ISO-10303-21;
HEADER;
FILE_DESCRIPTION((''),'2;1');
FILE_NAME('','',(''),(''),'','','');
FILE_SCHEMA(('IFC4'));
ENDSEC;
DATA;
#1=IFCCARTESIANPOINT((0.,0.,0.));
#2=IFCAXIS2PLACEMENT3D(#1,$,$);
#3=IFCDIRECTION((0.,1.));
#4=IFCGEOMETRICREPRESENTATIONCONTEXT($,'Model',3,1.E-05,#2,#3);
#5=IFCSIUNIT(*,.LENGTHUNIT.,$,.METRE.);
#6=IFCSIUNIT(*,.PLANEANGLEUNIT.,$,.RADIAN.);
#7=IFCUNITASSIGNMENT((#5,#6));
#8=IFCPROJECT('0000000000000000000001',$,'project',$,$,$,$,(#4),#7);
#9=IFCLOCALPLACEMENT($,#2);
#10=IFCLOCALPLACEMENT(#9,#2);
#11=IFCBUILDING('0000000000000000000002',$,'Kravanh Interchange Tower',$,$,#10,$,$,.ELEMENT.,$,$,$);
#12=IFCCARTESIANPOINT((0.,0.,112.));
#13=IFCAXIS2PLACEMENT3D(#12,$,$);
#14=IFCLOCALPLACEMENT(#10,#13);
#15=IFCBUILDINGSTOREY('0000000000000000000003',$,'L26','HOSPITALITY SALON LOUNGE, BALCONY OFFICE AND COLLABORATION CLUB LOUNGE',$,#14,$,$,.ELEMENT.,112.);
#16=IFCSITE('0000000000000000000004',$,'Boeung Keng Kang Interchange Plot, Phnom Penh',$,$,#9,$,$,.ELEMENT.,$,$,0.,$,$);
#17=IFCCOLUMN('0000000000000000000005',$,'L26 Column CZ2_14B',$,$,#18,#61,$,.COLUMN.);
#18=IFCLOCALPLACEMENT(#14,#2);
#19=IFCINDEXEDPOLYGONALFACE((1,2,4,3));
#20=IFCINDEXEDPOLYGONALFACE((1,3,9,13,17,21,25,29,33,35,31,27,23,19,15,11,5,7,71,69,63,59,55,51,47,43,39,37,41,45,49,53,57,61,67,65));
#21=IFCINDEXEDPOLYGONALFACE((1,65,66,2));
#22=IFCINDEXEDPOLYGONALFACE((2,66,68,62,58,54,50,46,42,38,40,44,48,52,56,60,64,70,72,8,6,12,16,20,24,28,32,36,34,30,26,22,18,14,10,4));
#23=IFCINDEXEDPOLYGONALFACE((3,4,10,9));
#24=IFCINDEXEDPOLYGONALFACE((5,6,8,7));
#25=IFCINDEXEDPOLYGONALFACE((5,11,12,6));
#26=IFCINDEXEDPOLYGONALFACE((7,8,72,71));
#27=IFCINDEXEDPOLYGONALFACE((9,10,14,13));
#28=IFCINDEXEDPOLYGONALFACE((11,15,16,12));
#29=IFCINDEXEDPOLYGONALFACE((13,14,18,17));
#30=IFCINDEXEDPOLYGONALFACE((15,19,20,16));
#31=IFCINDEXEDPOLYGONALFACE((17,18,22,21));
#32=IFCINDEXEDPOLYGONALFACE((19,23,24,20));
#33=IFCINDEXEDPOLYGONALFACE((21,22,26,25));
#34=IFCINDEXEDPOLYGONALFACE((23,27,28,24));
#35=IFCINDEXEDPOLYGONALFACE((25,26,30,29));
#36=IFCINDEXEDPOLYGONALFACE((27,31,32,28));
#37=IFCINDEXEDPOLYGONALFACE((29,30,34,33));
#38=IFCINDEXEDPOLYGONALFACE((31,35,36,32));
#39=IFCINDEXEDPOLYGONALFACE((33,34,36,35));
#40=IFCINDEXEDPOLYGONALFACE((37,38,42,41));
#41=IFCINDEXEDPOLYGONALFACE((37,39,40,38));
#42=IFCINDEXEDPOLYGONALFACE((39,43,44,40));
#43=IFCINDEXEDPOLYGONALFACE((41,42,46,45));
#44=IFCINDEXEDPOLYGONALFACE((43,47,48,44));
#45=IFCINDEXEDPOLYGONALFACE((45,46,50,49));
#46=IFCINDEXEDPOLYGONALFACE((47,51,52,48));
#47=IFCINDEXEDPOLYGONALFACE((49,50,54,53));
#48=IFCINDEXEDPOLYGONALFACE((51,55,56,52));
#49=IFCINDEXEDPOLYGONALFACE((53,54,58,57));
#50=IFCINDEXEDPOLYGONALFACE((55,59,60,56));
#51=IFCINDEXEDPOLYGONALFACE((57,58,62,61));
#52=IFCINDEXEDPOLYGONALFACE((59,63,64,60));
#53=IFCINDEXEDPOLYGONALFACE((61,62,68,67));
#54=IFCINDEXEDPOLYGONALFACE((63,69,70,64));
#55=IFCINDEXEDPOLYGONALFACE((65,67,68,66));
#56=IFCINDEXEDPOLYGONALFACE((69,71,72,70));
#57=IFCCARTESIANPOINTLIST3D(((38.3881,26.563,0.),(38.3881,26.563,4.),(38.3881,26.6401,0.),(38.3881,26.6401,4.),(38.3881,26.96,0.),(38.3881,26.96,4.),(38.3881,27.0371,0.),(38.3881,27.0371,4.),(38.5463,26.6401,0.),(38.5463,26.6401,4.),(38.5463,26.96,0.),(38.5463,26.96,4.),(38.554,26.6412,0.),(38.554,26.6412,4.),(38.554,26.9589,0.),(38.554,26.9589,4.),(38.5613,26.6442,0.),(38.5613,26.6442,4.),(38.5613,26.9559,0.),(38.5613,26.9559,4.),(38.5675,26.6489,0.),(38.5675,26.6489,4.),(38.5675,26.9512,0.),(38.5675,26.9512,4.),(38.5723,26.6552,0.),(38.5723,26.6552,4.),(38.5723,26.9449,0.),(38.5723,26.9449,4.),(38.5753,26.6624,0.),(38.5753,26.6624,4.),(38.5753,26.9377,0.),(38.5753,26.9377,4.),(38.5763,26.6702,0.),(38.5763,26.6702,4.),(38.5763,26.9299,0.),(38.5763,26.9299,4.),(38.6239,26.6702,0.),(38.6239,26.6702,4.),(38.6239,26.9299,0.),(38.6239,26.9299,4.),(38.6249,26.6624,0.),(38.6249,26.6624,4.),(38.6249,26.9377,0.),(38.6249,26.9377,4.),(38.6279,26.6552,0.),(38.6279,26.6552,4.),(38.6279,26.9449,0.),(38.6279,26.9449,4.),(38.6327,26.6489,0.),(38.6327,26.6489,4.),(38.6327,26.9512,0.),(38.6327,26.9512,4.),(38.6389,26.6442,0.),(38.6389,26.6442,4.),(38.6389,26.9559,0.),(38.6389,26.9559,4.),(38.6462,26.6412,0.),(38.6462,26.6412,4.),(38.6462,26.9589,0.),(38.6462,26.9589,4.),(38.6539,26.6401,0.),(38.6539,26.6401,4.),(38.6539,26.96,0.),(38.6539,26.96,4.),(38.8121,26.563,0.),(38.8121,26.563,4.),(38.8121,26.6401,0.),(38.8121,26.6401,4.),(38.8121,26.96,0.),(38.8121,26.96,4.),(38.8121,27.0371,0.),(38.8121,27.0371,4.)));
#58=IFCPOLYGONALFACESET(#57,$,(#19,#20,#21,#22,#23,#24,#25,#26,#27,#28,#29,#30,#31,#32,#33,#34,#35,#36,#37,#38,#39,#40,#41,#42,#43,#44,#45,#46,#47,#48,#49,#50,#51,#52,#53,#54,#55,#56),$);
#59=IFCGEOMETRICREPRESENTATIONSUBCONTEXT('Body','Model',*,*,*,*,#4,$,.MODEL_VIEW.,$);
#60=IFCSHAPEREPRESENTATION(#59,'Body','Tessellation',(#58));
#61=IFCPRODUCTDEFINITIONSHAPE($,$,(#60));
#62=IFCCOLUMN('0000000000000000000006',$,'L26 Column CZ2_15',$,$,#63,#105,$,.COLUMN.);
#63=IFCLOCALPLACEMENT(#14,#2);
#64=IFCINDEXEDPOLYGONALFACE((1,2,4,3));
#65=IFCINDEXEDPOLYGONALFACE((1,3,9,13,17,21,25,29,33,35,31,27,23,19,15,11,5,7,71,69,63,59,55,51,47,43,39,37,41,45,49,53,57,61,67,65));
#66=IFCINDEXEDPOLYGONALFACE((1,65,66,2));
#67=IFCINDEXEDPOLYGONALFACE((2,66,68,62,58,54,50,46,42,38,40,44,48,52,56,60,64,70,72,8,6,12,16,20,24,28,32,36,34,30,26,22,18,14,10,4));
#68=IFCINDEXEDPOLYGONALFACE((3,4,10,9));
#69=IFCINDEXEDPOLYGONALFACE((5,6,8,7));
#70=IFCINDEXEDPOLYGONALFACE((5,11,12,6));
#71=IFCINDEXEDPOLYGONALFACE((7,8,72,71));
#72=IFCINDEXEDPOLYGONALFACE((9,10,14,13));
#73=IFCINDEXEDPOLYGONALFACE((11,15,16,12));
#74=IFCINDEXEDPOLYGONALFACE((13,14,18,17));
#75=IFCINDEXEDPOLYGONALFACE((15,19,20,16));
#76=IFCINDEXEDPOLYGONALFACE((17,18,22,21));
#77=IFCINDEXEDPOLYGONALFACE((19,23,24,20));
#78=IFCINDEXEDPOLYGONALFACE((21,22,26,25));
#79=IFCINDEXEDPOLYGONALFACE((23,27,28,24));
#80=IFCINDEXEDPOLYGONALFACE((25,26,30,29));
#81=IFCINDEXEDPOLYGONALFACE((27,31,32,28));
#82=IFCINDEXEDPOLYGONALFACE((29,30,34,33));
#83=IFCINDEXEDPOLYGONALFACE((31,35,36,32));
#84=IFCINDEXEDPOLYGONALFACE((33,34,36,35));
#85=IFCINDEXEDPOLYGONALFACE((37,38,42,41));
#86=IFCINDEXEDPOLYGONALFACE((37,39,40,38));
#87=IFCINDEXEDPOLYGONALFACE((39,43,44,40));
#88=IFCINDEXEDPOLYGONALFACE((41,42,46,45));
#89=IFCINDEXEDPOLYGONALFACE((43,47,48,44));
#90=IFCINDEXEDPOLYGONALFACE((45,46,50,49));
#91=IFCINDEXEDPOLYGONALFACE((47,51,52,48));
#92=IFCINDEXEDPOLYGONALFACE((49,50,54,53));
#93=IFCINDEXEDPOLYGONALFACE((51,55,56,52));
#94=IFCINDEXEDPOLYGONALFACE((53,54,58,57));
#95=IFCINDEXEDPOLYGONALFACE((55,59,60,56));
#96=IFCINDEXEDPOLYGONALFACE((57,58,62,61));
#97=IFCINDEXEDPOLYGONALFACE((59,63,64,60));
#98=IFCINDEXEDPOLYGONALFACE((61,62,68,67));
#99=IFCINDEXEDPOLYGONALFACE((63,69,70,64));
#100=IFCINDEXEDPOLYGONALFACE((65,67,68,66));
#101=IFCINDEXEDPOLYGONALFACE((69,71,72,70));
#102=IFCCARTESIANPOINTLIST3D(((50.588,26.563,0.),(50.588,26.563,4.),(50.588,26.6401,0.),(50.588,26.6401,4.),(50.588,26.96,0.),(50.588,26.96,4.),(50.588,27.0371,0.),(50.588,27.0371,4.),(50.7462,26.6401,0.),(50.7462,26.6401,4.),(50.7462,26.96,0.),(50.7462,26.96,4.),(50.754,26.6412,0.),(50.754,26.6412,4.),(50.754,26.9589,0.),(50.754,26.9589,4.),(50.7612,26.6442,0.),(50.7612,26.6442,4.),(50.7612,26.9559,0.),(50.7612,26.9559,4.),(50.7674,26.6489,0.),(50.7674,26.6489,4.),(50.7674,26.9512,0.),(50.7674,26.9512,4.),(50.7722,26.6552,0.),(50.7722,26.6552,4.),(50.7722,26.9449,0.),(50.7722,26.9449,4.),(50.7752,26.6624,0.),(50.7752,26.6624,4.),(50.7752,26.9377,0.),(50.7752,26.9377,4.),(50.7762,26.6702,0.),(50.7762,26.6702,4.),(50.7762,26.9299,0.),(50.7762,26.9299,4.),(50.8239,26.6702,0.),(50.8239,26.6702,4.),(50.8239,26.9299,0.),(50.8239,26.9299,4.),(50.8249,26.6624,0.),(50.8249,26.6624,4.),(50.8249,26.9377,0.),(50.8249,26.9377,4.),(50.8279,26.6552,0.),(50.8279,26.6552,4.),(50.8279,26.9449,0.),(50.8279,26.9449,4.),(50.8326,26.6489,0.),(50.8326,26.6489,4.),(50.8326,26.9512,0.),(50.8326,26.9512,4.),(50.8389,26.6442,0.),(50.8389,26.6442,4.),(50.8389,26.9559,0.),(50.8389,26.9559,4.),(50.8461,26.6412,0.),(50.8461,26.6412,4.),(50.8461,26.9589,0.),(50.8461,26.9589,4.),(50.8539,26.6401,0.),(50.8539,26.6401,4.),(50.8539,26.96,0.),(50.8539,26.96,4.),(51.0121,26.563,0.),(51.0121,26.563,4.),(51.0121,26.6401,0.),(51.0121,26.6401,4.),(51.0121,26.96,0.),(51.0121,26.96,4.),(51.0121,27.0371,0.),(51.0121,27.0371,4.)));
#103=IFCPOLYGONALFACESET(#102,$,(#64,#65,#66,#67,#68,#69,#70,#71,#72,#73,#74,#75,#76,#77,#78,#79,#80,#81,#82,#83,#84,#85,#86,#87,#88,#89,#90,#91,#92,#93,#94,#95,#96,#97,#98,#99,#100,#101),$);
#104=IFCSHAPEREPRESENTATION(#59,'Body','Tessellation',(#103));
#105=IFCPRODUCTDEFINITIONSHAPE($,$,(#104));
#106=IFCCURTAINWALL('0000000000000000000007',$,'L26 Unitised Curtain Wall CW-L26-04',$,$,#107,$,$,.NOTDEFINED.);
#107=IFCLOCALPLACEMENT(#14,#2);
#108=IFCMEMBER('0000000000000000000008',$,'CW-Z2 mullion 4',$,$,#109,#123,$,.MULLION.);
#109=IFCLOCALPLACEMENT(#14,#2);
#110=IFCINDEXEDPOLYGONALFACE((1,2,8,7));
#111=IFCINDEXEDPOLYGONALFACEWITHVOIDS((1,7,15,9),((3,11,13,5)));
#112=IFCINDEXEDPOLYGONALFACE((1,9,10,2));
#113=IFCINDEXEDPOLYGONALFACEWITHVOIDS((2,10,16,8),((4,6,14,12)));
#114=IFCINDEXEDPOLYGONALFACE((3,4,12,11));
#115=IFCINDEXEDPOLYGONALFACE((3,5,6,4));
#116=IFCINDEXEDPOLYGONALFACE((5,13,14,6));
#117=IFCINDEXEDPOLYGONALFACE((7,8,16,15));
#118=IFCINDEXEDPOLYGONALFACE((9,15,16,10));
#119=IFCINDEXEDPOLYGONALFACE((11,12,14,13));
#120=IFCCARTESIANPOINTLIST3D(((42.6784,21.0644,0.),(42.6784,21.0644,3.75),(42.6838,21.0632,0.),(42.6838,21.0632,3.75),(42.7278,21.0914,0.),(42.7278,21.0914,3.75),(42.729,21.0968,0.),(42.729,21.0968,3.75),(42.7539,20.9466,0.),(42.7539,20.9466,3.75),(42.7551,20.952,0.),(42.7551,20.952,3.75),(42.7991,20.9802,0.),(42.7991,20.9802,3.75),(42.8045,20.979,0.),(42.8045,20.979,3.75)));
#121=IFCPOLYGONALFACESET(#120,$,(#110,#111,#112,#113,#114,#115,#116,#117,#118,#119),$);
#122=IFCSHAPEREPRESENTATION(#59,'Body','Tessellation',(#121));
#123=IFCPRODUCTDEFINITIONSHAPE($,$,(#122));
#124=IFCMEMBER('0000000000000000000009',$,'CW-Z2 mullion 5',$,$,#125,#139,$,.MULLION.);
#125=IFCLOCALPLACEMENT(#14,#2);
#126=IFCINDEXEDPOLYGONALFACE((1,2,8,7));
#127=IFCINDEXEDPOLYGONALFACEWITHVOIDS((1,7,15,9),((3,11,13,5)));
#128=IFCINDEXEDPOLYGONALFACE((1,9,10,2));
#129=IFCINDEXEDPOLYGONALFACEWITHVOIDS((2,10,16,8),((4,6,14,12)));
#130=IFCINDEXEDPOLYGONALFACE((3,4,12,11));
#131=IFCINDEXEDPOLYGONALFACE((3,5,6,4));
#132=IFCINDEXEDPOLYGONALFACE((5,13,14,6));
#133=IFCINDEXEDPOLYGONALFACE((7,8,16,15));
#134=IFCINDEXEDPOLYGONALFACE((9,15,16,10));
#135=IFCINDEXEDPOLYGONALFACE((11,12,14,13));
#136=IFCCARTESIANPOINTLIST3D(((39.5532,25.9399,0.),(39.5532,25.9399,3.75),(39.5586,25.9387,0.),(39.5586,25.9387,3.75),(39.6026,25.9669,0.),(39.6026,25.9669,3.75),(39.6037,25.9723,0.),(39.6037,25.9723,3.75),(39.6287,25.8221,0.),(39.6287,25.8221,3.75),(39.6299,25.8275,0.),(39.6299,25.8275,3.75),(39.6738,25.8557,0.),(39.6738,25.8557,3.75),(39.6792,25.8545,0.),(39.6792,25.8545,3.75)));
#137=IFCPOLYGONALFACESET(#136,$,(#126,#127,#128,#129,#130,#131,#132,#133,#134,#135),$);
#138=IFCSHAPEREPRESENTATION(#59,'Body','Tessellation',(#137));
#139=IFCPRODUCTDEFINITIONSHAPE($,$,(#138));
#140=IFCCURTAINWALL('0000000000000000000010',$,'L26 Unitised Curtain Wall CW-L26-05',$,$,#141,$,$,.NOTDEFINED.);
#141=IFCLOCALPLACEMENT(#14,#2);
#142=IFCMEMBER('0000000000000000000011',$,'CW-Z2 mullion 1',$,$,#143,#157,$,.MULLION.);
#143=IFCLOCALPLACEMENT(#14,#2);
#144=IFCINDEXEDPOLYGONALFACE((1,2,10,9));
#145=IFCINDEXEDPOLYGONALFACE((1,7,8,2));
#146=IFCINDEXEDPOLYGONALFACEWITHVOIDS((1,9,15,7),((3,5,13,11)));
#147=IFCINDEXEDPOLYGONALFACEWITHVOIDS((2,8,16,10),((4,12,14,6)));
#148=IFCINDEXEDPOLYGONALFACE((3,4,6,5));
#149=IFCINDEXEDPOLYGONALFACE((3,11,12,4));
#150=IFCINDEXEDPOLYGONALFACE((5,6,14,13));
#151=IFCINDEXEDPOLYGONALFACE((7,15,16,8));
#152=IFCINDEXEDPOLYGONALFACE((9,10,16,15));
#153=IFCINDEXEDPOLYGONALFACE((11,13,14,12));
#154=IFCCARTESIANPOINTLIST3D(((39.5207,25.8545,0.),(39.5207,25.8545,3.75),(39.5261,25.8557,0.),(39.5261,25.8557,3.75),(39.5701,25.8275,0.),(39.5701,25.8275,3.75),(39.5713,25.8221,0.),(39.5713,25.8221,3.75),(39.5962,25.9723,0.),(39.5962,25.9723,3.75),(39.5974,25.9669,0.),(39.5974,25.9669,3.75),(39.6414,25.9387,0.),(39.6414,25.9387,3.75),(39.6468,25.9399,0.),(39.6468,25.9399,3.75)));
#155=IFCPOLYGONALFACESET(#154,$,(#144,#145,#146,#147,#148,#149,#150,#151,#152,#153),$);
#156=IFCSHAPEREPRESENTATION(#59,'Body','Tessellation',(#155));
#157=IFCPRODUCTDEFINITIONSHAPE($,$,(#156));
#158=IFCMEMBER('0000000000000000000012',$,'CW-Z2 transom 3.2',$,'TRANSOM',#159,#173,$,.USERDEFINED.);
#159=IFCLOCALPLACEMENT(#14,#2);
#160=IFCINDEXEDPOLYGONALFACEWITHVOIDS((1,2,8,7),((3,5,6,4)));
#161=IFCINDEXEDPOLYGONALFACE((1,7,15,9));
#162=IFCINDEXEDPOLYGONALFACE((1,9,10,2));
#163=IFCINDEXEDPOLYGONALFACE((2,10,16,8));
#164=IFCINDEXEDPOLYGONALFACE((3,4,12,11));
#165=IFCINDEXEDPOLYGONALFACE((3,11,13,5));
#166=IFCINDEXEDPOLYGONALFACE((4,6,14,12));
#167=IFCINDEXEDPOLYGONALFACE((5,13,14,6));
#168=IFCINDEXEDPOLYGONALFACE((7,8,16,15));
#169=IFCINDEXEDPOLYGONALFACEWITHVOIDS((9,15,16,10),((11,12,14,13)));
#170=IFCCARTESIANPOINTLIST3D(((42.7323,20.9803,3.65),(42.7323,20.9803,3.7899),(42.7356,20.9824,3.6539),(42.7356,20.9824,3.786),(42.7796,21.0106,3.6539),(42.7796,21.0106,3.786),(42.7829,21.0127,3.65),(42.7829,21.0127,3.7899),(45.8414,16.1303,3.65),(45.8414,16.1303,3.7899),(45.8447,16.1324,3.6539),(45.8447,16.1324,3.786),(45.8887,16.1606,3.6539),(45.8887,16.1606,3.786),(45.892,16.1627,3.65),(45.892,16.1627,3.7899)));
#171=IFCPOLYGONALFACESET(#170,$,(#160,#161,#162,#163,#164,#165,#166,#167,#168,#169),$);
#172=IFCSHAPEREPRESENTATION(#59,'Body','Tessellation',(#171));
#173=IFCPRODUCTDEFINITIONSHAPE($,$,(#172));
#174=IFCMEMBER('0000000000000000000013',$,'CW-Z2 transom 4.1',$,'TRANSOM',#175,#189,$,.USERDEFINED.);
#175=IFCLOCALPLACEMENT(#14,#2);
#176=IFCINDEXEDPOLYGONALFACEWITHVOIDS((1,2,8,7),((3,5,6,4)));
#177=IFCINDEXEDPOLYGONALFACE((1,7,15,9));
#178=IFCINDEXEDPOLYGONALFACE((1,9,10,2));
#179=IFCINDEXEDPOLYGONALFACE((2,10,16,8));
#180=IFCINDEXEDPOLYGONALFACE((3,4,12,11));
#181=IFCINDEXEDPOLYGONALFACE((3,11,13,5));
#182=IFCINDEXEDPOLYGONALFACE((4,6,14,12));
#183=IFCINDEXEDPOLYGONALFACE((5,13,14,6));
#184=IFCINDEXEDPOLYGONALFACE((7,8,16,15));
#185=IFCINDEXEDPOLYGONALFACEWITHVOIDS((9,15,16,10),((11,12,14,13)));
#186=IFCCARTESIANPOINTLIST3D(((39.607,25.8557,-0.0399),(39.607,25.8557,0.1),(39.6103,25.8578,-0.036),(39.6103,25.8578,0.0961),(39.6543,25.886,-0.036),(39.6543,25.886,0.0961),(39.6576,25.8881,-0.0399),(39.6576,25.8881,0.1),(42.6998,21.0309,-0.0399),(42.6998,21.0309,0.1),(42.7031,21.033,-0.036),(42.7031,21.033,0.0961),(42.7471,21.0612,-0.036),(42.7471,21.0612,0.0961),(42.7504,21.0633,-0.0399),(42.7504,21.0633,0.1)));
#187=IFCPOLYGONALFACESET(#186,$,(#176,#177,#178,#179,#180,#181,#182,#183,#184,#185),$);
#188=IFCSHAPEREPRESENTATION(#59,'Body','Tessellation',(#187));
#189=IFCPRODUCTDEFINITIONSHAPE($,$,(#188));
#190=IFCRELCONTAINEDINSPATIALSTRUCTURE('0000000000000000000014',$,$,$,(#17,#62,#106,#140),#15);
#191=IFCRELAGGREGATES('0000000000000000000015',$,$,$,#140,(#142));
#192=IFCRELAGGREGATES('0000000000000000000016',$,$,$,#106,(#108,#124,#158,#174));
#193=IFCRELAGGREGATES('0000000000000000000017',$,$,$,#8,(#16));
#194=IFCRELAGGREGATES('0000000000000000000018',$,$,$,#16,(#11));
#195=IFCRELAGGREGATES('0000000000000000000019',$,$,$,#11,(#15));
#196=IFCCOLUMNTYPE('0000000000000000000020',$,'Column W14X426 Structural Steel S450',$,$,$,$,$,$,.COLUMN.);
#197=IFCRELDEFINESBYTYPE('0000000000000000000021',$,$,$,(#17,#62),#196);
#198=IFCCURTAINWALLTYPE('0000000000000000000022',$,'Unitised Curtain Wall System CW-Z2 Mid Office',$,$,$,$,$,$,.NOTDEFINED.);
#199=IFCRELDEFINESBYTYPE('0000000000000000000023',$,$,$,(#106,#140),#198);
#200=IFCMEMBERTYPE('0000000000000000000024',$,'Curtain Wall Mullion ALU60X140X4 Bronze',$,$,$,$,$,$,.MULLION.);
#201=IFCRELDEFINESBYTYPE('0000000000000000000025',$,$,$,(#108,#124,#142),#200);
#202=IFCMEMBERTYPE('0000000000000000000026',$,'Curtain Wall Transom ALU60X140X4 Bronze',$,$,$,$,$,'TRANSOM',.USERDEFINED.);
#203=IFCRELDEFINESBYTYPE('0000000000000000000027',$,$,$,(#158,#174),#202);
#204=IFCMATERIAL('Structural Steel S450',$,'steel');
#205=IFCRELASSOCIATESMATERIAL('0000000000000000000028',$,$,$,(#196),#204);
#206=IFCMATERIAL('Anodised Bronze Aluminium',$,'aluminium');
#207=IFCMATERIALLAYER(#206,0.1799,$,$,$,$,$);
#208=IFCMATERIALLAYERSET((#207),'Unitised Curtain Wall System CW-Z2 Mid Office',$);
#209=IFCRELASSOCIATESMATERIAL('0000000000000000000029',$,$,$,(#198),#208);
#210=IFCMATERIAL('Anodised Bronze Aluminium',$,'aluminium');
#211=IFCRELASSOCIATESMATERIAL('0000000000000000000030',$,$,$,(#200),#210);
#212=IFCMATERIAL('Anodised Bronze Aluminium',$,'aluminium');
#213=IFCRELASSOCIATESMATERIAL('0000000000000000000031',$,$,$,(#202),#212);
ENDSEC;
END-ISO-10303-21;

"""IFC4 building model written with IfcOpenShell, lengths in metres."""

from ifc_helpers import new_model, si_unit, direction, frame, origin, origin_2d, place, context, subcontext, project, spatial, hollow_rectangle, i_section, extrude, material, layer, layer_set, material_profile, profile_set, type_object, element, aggregate, save


model = new_model("IFC4")

# Units and contexts
model_context = context("Model", 3, precision=1e-05, world=origin(), true_north=direction((0.0, 1.0)))
body_context = subcontext(model_context, "Body", "Model", "MODEL_VIEW")
ifc_project = project(units=[si_unit("LENGTHUNIT", "METRE"), si_unit("PLANEANGLEUNIT", "RADIAN")], contexts=[model_context])

# Site, building, storey
site_placement = place(None, origin())
site = spatial("IfcSite", under=ifc_project, at=site_placement, Name="Boeung Keng Kang Interchange Plot, Phnom Penh", CompositionType="ELEMENT", RefElevation=0.0)
building_placement = place(site_placement, origin())
building = spatial("IfcBuilding", under=site, at=building_placement, Name="Kravanh Interchange Tower", CompositionType="ELEMENT")
storey_placement = place(building_placement, frame((0.0, 0.0, 112.0)))
storey = spatial("IfcBuildingStorey", under=building, at=storey_placement, Name="L26", Description="HOSPITALITY SALON LOUNGE, BALCONY OFFICE AND COLLABORATION CLUB LOUNGE", CompositionType="ELEMENT", Elevation=112.0)

# Columns
ifc_material_1 = material(Name="Structural Steel S450", Category="steel")
ifc_material_profile_1 = material_profile(ifc_material_1, i_section(OverallWidth=0.4241, OverallDepth=0.4741, WebThickness=0.0476, FlangeThickness=0.0771, FilletRadius=0.03, at=origin_2d()), Name="W14X426")
ifc_profile_set_1 = profile_set([ifc_material_profile_1], Name="Structural Steel S450")
column_type = type_object("IfcColumnType", Name="Column W14X426 Structural Steel S450", PredefinedType="COLUMN", material=ifc_profile_set_1)
for number, where, z_axis, x_axis, name in (
    (1, (38.6001, 26.8, 0.0), (0.0, 0.0, 1.0), (1.0, 0.0, 0.0), "L26 Column CZ2_14B"),
    (2, (50.8, 26.8, 0.0), (0.0, 0.0, 1.0), (1.0, 0.0, 0.0), "L26 Column CZ2_15"),
):
    element("IfcColumn", number, at=place(storey_placement, frame(where, z_axis=z_axis, x_axis=x_axis)), inside=storey, type_object=column_type, Name=name, PredefinedType="COLUMN", context=body_context, shape_type="SweptSolid", body=[
        extrude(i_section(OverallWidth=0.4241, OverallDepth=0.4741, WebThickness=0.0476, FlangeThickness=0.0771, FilletRadius=0.03, at=origin_2d()), origin(), (0.0, 0.0, 1.0), 4.0),
    ])

# Curtain wall, members
ifc_material_2 = material(Name="Anodised Bronze Aluminium", Category="aluminium")
ifc_layer_1 = layer(ifc_material_2, 0.1799)
ifc_layer_set_1 = layer_set([ifc_layer_1], Name="Unitised Curtain Wall System CW-Z2 Mid Office")
curtain_wall_type = type_object("IfcCurtainWallType", Name="Unitised Curtain Wall System CW-Z2 Mid Office", PredefinedType="NOTDEFINED", material=ifc_layer_set_1)
curtain_wall_1_placement = place(storey_placement, origin())
curtain_wall_1 = element("IfcCurtainWall", 3, at=curtain_wall_1_placement, inside=storey, type_object=curtain_wall_type, Name="L26 Unitised Curtain Wall CW-L26-04", PredefinedType="NOTDEFINED")
ifc_material_3 = material(Name="Anodised Bronze Aluminium", Category="aluminium")
ifc_material_profile_2 = material_profile(ifc_material_3, hollow_rectangle(XDim=0.0601, YDim=0.1399, WallThickness=0.0039, at=origin_2d()), Name="ALU60X140X4")
ifc_profile_set_2 = profile_set([ifc_material_profile_2], Name="Anodised Bronze Aluminium")
member_type_1 = type_object("IfcMemberType", Name="Curtain Wall Mullion ALU60X140X4 Bronze", PredefinedType="MULLION", material=ifc_profile_set_2)
member_1_placement = place(storey_placement, frame((42.7415, 21.0217, 0.0), z_axis=(0.0, 0.0, 1.0), x_axis=(-0.84188, -0.539665, 0.0)))
member_1 = element("IfcMember", 4, at=member_1_placement, type_object=member_type_1, Name="CW-Z2 mullion 4", PredefinedType="MULLION", context=body_context, shape_type="SweptSolid", body=[
    extrude(hollow_rectangle(XDim=0.0601, YDim=0.1399, WallThickness=0.0039, at=origin_2d()), origin(), (0.0, 0.0, 1.0), 3.75),
])
member_2_placement = place(storey_placement, frame((39.6162, 25.8972, 0.0), z_axis=(0.0, 0.0, 1.0), x_axis=(-0.84188, -0.539665, 0.0)))
member_2 = element("IfcMember", 5, at=member_2_placement, type_object=member_type_1, Name="CW-Z2 mullion 5", PredefinedType="MULLION", context=body_context, shape_type="SweptSolid", body=[
    extrude(hollow_rectangle(XDim=0.0601, YDim=0.1399, WallThickness=0.0039, at=origin_2d()), origin(), (0.0, 0.0, 1.0), 3.75),
])

# Curtain wall, member
curtain_wall_2_placement = place(storey_placement, origin())
curtain_wall_2 = element("IfcCurtainWall", 6, at=curtain_wall_2_placement, inside=storey, type_object=curtain_wall_type, Name="L26 Unitised Curtain Wall CW-L26-05", PredefinedType="NOTDEFINED")
member_3_placement = place(storey_placement, frame((39.5837, 25.8972, 0.0), z_axis=(0.0, 0.0, 1.0), x_axis=(0.84188, -0.539665, 0.0)))
member_3 = element("IfcMember", 7, at=member_3_placement, type_object=member_type_1, Name="CW-Z2 mullion 1", PredefinedType="MULLION", context=body_context, shape_type="SweptSolid", body=[
    extrude(hollow_rectangle(XDim=0.0601, YDim=0.1399, WallThickness=0.0039, at=origin_2d()), origin(), (0.0, 0.0, 1.0), 3.75),
])

# Members
ifc_material_4 = material(Name="Anodised Bronze Aluminium", Category="aluminium")
ifc_material_profile_3 = material_profile(ifc_material_4, hollow_rectangle(XDim=0.0601, YDim=0.1399, WallThickness=0.0039, at=origin_2d()), Name="ALU60X140X4")
ifc_profile_set_3 = profile_set([ifc_material_profile_3], Name="Anodised Bronze Aluminium")
member_type_2 = type_object("IfcMemberType", Name="Curtain Wall Transom ALU60X140X4 Bronze", ElementType="TRANSOM", PredefinedType="USERDEFINED", material=ifc_profile_set_3)
member_4_placement = place(storey_placement, frame((45.8667, 16.1465, 3.72), z_axis=(-0.539678, 0.841872, 0.0), x_axis=(-0.841872, -0.539678, 0.0)))
member_4 = element("IfcMember", 8, at=member_4_placement, type_object=member_type_2, Name="CW-Z2 transom 3.2", ObjectType="TRANSOM", PredefinedType="USERDEFINED", context=body_context, shape_type="SweptSolid", body=[
    extrude(hollow_rectangle(XDim=0.0601, YDim=0.1399, WallThickness=0.0039, at=origin_2d()), origin(), (0.0, 0.0, 1.0), 5.761),
])
member_5_placement = place(storey_placement, frame((42.7251, 21.0471, 0.03), z_axis=(-0.539668, 0.841878, 0.0), x_axis=(-0.841878, -0.539668, 0.0)))
member_5 = element("IfcMember", 9, at=member_5_placement, type_object=member_type_2, Name="CW-Z2 transom 4.1", ObjectType="TRANSOM", PredefinedType="USERDEFINED", context=body_context, shape_type="SweptSolid", body=[
    extrude(hollow_rectangle(XDim=0.0601, YDim=0.1399, WallThickness=0.0039, at=origin_2d()), origin(), (0.0, 0.0, 1.0), 5.731),
])
aggregate(curtain_wall_2, [member_3])

aggregate(curtain_wall_1, [member_1, member_2, member_4, member_5])

save(model, "model.ifc")
